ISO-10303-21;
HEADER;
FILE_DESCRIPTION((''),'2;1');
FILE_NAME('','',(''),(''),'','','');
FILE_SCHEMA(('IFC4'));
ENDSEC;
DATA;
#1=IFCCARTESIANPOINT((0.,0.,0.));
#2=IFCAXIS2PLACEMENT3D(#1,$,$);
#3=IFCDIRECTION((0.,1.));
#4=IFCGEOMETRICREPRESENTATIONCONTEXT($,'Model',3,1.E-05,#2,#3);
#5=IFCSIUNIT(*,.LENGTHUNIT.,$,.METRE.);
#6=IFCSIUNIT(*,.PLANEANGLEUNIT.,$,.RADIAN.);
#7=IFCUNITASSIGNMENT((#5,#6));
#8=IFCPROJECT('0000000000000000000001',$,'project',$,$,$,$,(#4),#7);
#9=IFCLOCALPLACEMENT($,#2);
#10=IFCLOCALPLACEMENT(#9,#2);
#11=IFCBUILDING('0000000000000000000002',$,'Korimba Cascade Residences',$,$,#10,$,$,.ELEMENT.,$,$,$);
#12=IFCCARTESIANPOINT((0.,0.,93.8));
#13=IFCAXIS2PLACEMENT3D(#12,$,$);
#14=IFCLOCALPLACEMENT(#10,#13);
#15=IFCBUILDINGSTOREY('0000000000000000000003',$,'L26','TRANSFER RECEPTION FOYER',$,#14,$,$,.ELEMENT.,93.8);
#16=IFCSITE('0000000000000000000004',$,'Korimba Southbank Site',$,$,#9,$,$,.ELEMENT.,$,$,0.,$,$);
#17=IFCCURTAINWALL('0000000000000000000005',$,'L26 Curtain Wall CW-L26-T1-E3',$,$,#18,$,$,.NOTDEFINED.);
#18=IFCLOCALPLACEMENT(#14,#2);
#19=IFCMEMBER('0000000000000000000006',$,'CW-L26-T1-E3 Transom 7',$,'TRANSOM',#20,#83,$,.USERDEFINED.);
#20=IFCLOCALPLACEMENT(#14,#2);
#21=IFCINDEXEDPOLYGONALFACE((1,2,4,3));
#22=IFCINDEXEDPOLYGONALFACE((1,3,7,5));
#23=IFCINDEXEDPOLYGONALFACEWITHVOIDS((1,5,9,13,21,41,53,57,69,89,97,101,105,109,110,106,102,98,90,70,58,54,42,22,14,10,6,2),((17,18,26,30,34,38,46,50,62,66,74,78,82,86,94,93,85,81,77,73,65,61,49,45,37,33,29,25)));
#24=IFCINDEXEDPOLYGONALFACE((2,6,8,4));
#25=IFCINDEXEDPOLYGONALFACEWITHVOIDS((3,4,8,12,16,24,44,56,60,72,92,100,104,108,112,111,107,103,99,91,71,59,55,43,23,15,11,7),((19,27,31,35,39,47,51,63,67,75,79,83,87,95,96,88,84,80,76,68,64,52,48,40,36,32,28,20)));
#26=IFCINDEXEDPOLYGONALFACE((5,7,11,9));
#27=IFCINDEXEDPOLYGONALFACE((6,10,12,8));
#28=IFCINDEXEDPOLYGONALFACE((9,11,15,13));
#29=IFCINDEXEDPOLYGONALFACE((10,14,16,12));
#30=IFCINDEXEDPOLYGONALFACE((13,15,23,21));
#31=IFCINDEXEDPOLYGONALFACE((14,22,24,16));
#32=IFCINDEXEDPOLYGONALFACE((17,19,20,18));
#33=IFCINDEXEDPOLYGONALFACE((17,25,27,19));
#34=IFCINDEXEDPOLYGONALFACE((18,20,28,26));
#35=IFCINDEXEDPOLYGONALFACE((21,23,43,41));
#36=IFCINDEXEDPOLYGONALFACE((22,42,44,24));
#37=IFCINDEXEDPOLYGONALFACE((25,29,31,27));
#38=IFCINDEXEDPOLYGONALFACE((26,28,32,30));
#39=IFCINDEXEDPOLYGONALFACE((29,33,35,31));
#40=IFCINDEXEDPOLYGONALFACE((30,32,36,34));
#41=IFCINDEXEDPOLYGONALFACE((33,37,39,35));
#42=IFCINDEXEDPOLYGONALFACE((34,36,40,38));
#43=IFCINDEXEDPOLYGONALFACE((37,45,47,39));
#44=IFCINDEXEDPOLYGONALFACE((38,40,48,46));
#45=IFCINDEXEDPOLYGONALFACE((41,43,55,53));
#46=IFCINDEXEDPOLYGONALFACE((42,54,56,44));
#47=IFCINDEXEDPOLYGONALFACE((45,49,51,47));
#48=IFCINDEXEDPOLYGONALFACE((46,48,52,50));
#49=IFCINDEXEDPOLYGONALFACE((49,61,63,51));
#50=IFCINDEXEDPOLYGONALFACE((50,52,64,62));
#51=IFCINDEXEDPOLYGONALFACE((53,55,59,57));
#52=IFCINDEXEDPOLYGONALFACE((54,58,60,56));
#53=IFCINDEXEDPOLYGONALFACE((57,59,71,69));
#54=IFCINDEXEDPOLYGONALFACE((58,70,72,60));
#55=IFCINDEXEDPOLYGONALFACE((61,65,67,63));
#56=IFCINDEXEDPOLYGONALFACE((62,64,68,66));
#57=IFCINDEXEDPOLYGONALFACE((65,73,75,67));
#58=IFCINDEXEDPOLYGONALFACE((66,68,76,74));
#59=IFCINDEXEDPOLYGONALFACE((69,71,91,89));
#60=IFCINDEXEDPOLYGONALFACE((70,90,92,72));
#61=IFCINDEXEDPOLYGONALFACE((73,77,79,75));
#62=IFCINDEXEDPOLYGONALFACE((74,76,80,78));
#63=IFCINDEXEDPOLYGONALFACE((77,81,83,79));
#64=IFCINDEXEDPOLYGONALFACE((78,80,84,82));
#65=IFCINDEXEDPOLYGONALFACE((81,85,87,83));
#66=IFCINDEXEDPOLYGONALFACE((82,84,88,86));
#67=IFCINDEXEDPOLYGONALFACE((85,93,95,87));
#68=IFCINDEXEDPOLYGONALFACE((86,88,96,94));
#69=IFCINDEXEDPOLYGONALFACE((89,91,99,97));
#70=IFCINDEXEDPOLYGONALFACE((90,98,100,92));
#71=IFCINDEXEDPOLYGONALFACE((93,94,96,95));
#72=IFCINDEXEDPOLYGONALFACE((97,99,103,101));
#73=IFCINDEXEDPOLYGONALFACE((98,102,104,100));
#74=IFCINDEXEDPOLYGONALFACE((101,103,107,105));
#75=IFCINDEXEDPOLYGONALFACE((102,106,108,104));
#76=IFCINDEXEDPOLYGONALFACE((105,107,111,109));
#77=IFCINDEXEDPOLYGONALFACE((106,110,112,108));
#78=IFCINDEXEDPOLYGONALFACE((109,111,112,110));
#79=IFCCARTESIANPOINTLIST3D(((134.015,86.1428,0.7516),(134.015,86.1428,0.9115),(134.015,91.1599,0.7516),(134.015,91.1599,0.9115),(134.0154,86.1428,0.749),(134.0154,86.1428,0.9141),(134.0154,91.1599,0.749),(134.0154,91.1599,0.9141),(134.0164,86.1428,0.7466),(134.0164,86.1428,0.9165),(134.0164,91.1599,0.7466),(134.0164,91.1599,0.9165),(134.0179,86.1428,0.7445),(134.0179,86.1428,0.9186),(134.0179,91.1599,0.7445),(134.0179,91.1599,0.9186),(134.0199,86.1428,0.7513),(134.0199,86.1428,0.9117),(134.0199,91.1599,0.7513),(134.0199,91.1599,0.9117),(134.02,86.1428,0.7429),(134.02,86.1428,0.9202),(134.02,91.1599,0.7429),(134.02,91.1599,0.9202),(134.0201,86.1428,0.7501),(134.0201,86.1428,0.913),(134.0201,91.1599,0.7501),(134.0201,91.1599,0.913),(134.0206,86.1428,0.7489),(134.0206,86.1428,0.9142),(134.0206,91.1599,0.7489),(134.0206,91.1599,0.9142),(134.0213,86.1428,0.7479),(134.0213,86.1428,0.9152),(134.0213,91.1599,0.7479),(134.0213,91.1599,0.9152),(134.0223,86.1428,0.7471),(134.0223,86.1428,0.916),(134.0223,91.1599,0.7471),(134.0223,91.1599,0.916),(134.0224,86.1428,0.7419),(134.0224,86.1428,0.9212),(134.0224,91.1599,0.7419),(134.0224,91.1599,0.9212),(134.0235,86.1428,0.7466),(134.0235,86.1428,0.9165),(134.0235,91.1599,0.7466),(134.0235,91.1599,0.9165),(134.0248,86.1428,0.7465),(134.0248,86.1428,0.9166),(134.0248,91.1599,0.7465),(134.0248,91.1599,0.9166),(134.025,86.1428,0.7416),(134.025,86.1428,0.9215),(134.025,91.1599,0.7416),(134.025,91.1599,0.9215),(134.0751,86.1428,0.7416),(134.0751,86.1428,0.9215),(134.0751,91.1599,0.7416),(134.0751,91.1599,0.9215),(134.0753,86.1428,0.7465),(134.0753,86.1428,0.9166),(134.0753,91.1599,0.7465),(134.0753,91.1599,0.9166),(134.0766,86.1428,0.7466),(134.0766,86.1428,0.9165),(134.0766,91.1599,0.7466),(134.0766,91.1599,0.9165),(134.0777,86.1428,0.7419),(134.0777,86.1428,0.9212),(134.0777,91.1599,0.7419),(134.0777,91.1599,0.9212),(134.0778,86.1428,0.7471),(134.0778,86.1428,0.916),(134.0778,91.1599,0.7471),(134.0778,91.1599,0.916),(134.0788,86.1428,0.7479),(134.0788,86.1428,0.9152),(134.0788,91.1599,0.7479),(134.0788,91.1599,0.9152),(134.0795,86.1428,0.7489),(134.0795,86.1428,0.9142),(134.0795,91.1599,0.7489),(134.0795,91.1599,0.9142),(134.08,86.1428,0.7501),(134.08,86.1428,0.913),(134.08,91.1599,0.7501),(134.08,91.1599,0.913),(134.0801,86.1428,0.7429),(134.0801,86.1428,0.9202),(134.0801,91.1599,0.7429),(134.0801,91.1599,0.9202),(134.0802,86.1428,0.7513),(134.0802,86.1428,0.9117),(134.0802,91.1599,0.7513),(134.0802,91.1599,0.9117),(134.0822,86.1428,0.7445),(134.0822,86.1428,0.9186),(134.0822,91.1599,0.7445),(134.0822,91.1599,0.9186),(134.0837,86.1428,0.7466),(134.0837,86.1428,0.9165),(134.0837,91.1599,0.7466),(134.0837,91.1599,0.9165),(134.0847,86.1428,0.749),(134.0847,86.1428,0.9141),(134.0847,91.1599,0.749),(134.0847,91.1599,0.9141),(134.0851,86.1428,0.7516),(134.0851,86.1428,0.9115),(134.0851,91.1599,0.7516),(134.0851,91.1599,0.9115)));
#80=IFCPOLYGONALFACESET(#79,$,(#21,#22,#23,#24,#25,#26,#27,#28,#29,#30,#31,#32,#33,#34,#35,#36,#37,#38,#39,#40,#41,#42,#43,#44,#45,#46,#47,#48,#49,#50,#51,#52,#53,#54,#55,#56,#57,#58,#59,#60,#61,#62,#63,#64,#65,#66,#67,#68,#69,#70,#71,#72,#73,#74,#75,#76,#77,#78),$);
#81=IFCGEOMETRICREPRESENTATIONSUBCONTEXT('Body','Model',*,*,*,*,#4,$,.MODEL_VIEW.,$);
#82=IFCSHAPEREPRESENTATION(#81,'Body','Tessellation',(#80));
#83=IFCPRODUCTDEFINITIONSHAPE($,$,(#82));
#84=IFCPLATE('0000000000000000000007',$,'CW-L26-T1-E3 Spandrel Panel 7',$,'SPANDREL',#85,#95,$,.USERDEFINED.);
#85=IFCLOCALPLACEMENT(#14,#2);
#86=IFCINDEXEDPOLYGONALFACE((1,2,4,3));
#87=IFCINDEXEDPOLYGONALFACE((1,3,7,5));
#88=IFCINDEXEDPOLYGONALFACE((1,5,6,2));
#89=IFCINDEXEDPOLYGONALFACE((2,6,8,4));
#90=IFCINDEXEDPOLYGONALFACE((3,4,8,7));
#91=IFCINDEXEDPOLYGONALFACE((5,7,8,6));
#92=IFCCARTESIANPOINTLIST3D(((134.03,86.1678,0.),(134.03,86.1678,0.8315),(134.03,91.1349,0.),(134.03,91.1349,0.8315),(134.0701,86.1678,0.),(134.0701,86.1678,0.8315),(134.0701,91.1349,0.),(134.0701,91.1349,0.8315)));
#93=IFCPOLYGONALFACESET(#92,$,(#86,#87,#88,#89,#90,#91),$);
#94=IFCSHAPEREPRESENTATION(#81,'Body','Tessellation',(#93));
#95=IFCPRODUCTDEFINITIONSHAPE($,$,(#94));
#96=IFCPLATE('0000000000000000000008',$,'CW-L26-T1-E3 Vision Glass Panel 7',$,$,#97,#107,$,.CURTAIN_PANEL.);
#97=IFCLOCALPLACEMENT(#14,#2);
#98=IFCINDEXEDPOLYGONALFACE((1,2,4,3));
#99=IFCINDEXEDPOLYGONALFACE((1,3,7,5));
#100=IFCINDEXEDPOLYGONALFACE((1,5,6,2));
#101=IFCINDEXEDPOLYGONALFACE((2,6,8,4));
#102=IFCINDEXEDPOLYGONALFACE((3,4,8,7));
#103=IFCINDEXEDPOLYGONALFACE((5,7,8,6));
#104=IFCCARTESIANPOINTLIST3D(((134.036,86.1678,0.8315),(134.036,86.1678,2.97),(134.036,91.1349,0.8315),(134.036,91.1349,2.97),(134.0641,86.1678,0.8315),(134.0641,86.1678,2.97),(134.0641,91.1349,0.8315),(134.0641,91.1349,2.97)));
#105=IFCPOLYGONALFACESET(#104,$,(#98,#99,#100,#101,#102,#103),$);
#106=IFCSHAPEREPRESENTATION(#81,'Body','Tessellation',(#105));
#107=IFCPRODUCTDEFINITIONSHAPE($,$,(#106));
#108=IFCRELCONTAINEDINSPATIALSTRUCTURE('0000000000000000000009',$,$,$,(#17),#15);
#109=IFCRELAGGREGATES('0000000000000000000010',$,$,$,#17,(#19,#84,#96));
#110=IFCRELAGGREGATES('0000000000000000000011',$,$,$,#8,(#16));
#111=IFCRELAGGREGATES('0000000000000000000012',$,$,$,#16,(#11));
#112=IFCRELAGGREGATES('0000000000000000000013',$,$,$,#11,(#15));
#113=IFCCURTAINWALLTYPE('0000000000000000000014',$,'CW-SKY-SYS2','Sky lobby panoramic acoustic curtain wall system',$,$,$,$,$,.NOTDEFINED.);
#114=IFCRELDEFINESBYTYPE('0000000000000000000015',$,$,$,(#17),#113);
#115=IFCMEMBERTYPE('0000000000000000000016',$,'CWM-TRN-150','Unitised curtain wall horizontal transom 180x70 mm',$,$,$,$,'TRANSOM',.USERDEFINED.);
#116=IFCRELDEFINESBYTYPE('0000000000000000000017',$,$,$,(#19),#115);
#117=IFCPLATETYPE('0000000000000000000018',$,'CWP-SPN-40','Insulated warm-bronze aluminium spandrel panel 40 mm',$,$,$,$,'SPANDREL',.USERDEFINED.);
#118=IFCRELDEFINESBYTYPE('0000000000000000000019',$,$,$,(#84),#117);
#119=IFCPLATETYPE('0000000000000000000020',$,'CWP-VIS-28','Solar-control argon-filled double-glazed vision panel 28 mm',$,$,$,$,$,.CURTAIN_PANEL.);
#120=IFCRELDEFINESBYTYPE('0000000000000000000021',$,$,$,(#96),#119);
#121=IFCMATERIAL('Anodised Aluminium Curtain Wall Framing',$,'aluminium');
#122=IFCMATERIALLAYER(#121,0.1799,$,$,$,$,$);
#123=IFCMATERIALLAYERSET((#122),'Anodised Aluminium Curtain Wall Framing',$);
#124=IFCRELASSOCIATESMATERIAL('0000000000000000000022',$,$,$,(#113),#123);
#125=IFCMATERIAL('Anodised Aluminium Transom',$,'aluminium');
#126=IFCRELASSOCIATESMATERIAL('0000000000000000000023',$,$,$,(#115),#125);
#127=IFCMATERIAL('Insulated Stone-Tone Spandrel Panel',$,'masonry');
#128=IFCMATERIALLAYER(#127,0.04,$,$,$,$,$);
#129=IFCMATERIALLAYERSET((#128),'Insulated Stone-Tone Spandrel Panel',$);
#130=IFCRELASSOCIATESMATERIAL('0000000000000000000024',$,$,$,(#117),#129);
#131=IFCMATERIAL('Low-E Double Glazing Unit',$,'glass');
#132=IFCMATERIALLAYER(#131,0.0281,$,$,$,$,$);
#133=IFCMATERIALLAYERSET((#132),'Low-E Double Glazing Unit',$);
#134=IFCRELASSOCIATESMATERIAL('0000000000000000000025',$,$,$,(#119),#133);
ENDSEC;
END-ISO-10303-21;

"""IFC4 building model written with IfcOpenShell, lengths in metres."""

from ifc_helpers import new_model, si_unit, direction, frame, origin, origin_2d, place, context, subcontext, project, spatial, rectangle, hollow_rectangle, extrude, material, layer, layer_set, material_profile, profile_set, type_object, element, aggregate, save


model = new_model("IFC4")

# Units and contexts
model_context = context("Model", 3, precision=1e-05, world=origin(), true_north=direction((0.0, 1.0)))
body_context = subcontext(model_context, "Body", "Model", "MODEL_VIEW")
ifc_project = project(units=[si_unit("LENGTHUNIT", "METRE"), si_unit("PLANEANGLEUNIT", "RADIAN")], contexts=[model_context])

# Site, building, storey
site_placement = place(None, origin())
site = spatial("IfcSite", under=ifc_project, at=site_placement, Name="Korimba Southbank Site", CompositionType="ELEMENT", RefElevation=0.0)
building_placement = place(site_placement, origin())
building = spatial("IfcBuilding", under=site, at=building_placement, Name="Korimba Cascade Residences", CompositionType="ELEMENT")
storey_placement = place(building_placement, frame((0.0, 0.0, 93.8)))
storey = spatial("IfcBuildingStorey", under=building, at=storey_placement, Name="L26", Description="TRANSFER RECEPTION FOYER", CompositionType="ELEMENT", Elevation=93.8)

# Curtain wall, member, plates
ifc_material_1 = material(Name="Anodised Aluminium Curtain Wall Framing", Category="aluminium")
ifc_layer_1 = layer(ifc_material_1, 0.1799)
ifc_layer_set_1 = layer_set([ifc_layer_1], Name="Anodised Aluminium Curtain Wall Framing")
curtain_wall_type = type_object("IfcCurtainWallType", Name="CW-SKY-SYS2", Description="Sky lobby panoramic acoustic curtain wall system", PredefinedType="NOTDEFINED", material=ifc_layer_set_1)
curtain_wall_placement = place(storey_placement, origin())
curtain_wall = element("IfcCurtainWall", 1, at=curtain_wall_placement, inside=storey, type_object=curtain_wall_type, Name="L26 Curtain Wall CW-L26-T1-E3", PredefinedType="NOTDEFINED")
ifc_material_2 = material(Name="Anodised Aluminium Transom", Category="aluminium")
ifc_material_profile_1 = material_profile(ifc_material_2, hollow_rectangle(XDim=0.0701, YDim=0.1799, WallThickness=0.0049, InnerFilletRadius=0.0049, OuterFilletRadius=0.01, at=origin_2d()), Name="Anodised Aluminium Transom")
ifc_profile_set_1 = profile_set([ifc_material_profile_1], Name="Anodised Aluminium Transom")
member_type_1 = type_object("IfcMemberType", Name="CWM-TRN-150", Description="Unitised curtain wall horizontal transom 180x70 mm", ElementType="TRANSOM", PredefinedType="USERDEFINED", material=ifc_profile_set_1)
member_1_placement = place(storey_placement, frame((134.05, 86.1428, 0.8315), z_axis=(0.0, 1.0, 0.0), x_axis=(-1.0, 0.0, 0.0)))
member_1 = element("IfcMember", 2, at=member_1_placement, type_object=member_type_1, Name="CW-L26-T1-E3 Transom 7", ObjectType="TRANSOM", PredefinedType="USERDEFINED", context=body_context, shape_type="SweptSolid", body=[
    extrude(hollow_rectangle(XDim=0.0701, YDim=0.1799, WallThickness=0.0049, InnerFilletRadius=0.0049, OuterFilletRadius=0.01, at=origin_2d()), origin(), (0.0, 0.0, 1.0), 5.0171),
])
ifc_material_3 = material(Name="Insulated Stone-Tone Spandrel Panel", Category="masonry")
ifc_layer_2 = layer(ifc_material_3, 0.04)
ifc_layer_set_2 = layer_set([ifc_layer_2], Name="Insulated Stone-Tone Spandrel Panel")
plate_type_1 = type_object("IfcPlateType", Name="CWP-SPN-40", Description="Insulated warm-bronze aluminium spandrel panel 40 mm", ElementType="SPANDREL", PredefinedType="USERDEFINED", material=ifc_layer_set_2)
plate_1_placement = place(storey_placement, frame((134.05, 88.6514, 0.0), z_axis=(0.0, 0.0, 1.0), x_axis=(0.0, 1.0, 0.0)))
plate_1 = element("IfcPlate", 3, at=plate_1_placement, type_object=plate_type_1, Name="CW-L26-T1-E3 Spandrel Panel 7", ObjectType="SPANDREL", PredefinedType="USERDEFINED", context=body_context, shape_type="SweptSolid", body=[
    extrude(rectangle(XDim=4.967, YDim=0.04, at=origin_2d()), origin(), (0.0, 0.0, 1.0), 0.8315),
])
ifc_material_4 = material(Name="Low-E Double Glazing Unit", Category="glass")
ifc_layer_3 = layer(ifc_material_4, 0.0281)
ifc_layer_set_3 = layer_set([ifc_layer_3], Name="Low-E Double Glazing Unit")
plate_type_2 = type_object("IfcPlateType", Name="CWP-VIS-28", Description="Solar-control argon-filled double-glazed vision panel 28 mm", PredefinedType="CURTAIN_PANEL", material=ifc_layer_set_3)
plate_2_placement = place(storey_placement, frame((134.05, 88.6514, 0.8315), z_axis=(0.0, 0.0, 1.0), x_axis=(0.0, 1.0, 0.0)))
plate_2 = element("IfcPlate", 4, at=plate_2_placement, type_object=plate_type_2, Name="CW-L26-T1-E3 Vision Glass Panel 7", PredefinedType="CURTAIN_PANEL", context=body_context, shape_type="SweptSolid", body=[
    extrude(rectangle(XDim=4.967, YDim=0.0281, at=origin_2d()), origin(), (0.0, 0.0, 1.0), 2.1384),
])
aggregate(curtain_wall, [member_1, plate_1, plate_2])

save(model, "model.ifc")
